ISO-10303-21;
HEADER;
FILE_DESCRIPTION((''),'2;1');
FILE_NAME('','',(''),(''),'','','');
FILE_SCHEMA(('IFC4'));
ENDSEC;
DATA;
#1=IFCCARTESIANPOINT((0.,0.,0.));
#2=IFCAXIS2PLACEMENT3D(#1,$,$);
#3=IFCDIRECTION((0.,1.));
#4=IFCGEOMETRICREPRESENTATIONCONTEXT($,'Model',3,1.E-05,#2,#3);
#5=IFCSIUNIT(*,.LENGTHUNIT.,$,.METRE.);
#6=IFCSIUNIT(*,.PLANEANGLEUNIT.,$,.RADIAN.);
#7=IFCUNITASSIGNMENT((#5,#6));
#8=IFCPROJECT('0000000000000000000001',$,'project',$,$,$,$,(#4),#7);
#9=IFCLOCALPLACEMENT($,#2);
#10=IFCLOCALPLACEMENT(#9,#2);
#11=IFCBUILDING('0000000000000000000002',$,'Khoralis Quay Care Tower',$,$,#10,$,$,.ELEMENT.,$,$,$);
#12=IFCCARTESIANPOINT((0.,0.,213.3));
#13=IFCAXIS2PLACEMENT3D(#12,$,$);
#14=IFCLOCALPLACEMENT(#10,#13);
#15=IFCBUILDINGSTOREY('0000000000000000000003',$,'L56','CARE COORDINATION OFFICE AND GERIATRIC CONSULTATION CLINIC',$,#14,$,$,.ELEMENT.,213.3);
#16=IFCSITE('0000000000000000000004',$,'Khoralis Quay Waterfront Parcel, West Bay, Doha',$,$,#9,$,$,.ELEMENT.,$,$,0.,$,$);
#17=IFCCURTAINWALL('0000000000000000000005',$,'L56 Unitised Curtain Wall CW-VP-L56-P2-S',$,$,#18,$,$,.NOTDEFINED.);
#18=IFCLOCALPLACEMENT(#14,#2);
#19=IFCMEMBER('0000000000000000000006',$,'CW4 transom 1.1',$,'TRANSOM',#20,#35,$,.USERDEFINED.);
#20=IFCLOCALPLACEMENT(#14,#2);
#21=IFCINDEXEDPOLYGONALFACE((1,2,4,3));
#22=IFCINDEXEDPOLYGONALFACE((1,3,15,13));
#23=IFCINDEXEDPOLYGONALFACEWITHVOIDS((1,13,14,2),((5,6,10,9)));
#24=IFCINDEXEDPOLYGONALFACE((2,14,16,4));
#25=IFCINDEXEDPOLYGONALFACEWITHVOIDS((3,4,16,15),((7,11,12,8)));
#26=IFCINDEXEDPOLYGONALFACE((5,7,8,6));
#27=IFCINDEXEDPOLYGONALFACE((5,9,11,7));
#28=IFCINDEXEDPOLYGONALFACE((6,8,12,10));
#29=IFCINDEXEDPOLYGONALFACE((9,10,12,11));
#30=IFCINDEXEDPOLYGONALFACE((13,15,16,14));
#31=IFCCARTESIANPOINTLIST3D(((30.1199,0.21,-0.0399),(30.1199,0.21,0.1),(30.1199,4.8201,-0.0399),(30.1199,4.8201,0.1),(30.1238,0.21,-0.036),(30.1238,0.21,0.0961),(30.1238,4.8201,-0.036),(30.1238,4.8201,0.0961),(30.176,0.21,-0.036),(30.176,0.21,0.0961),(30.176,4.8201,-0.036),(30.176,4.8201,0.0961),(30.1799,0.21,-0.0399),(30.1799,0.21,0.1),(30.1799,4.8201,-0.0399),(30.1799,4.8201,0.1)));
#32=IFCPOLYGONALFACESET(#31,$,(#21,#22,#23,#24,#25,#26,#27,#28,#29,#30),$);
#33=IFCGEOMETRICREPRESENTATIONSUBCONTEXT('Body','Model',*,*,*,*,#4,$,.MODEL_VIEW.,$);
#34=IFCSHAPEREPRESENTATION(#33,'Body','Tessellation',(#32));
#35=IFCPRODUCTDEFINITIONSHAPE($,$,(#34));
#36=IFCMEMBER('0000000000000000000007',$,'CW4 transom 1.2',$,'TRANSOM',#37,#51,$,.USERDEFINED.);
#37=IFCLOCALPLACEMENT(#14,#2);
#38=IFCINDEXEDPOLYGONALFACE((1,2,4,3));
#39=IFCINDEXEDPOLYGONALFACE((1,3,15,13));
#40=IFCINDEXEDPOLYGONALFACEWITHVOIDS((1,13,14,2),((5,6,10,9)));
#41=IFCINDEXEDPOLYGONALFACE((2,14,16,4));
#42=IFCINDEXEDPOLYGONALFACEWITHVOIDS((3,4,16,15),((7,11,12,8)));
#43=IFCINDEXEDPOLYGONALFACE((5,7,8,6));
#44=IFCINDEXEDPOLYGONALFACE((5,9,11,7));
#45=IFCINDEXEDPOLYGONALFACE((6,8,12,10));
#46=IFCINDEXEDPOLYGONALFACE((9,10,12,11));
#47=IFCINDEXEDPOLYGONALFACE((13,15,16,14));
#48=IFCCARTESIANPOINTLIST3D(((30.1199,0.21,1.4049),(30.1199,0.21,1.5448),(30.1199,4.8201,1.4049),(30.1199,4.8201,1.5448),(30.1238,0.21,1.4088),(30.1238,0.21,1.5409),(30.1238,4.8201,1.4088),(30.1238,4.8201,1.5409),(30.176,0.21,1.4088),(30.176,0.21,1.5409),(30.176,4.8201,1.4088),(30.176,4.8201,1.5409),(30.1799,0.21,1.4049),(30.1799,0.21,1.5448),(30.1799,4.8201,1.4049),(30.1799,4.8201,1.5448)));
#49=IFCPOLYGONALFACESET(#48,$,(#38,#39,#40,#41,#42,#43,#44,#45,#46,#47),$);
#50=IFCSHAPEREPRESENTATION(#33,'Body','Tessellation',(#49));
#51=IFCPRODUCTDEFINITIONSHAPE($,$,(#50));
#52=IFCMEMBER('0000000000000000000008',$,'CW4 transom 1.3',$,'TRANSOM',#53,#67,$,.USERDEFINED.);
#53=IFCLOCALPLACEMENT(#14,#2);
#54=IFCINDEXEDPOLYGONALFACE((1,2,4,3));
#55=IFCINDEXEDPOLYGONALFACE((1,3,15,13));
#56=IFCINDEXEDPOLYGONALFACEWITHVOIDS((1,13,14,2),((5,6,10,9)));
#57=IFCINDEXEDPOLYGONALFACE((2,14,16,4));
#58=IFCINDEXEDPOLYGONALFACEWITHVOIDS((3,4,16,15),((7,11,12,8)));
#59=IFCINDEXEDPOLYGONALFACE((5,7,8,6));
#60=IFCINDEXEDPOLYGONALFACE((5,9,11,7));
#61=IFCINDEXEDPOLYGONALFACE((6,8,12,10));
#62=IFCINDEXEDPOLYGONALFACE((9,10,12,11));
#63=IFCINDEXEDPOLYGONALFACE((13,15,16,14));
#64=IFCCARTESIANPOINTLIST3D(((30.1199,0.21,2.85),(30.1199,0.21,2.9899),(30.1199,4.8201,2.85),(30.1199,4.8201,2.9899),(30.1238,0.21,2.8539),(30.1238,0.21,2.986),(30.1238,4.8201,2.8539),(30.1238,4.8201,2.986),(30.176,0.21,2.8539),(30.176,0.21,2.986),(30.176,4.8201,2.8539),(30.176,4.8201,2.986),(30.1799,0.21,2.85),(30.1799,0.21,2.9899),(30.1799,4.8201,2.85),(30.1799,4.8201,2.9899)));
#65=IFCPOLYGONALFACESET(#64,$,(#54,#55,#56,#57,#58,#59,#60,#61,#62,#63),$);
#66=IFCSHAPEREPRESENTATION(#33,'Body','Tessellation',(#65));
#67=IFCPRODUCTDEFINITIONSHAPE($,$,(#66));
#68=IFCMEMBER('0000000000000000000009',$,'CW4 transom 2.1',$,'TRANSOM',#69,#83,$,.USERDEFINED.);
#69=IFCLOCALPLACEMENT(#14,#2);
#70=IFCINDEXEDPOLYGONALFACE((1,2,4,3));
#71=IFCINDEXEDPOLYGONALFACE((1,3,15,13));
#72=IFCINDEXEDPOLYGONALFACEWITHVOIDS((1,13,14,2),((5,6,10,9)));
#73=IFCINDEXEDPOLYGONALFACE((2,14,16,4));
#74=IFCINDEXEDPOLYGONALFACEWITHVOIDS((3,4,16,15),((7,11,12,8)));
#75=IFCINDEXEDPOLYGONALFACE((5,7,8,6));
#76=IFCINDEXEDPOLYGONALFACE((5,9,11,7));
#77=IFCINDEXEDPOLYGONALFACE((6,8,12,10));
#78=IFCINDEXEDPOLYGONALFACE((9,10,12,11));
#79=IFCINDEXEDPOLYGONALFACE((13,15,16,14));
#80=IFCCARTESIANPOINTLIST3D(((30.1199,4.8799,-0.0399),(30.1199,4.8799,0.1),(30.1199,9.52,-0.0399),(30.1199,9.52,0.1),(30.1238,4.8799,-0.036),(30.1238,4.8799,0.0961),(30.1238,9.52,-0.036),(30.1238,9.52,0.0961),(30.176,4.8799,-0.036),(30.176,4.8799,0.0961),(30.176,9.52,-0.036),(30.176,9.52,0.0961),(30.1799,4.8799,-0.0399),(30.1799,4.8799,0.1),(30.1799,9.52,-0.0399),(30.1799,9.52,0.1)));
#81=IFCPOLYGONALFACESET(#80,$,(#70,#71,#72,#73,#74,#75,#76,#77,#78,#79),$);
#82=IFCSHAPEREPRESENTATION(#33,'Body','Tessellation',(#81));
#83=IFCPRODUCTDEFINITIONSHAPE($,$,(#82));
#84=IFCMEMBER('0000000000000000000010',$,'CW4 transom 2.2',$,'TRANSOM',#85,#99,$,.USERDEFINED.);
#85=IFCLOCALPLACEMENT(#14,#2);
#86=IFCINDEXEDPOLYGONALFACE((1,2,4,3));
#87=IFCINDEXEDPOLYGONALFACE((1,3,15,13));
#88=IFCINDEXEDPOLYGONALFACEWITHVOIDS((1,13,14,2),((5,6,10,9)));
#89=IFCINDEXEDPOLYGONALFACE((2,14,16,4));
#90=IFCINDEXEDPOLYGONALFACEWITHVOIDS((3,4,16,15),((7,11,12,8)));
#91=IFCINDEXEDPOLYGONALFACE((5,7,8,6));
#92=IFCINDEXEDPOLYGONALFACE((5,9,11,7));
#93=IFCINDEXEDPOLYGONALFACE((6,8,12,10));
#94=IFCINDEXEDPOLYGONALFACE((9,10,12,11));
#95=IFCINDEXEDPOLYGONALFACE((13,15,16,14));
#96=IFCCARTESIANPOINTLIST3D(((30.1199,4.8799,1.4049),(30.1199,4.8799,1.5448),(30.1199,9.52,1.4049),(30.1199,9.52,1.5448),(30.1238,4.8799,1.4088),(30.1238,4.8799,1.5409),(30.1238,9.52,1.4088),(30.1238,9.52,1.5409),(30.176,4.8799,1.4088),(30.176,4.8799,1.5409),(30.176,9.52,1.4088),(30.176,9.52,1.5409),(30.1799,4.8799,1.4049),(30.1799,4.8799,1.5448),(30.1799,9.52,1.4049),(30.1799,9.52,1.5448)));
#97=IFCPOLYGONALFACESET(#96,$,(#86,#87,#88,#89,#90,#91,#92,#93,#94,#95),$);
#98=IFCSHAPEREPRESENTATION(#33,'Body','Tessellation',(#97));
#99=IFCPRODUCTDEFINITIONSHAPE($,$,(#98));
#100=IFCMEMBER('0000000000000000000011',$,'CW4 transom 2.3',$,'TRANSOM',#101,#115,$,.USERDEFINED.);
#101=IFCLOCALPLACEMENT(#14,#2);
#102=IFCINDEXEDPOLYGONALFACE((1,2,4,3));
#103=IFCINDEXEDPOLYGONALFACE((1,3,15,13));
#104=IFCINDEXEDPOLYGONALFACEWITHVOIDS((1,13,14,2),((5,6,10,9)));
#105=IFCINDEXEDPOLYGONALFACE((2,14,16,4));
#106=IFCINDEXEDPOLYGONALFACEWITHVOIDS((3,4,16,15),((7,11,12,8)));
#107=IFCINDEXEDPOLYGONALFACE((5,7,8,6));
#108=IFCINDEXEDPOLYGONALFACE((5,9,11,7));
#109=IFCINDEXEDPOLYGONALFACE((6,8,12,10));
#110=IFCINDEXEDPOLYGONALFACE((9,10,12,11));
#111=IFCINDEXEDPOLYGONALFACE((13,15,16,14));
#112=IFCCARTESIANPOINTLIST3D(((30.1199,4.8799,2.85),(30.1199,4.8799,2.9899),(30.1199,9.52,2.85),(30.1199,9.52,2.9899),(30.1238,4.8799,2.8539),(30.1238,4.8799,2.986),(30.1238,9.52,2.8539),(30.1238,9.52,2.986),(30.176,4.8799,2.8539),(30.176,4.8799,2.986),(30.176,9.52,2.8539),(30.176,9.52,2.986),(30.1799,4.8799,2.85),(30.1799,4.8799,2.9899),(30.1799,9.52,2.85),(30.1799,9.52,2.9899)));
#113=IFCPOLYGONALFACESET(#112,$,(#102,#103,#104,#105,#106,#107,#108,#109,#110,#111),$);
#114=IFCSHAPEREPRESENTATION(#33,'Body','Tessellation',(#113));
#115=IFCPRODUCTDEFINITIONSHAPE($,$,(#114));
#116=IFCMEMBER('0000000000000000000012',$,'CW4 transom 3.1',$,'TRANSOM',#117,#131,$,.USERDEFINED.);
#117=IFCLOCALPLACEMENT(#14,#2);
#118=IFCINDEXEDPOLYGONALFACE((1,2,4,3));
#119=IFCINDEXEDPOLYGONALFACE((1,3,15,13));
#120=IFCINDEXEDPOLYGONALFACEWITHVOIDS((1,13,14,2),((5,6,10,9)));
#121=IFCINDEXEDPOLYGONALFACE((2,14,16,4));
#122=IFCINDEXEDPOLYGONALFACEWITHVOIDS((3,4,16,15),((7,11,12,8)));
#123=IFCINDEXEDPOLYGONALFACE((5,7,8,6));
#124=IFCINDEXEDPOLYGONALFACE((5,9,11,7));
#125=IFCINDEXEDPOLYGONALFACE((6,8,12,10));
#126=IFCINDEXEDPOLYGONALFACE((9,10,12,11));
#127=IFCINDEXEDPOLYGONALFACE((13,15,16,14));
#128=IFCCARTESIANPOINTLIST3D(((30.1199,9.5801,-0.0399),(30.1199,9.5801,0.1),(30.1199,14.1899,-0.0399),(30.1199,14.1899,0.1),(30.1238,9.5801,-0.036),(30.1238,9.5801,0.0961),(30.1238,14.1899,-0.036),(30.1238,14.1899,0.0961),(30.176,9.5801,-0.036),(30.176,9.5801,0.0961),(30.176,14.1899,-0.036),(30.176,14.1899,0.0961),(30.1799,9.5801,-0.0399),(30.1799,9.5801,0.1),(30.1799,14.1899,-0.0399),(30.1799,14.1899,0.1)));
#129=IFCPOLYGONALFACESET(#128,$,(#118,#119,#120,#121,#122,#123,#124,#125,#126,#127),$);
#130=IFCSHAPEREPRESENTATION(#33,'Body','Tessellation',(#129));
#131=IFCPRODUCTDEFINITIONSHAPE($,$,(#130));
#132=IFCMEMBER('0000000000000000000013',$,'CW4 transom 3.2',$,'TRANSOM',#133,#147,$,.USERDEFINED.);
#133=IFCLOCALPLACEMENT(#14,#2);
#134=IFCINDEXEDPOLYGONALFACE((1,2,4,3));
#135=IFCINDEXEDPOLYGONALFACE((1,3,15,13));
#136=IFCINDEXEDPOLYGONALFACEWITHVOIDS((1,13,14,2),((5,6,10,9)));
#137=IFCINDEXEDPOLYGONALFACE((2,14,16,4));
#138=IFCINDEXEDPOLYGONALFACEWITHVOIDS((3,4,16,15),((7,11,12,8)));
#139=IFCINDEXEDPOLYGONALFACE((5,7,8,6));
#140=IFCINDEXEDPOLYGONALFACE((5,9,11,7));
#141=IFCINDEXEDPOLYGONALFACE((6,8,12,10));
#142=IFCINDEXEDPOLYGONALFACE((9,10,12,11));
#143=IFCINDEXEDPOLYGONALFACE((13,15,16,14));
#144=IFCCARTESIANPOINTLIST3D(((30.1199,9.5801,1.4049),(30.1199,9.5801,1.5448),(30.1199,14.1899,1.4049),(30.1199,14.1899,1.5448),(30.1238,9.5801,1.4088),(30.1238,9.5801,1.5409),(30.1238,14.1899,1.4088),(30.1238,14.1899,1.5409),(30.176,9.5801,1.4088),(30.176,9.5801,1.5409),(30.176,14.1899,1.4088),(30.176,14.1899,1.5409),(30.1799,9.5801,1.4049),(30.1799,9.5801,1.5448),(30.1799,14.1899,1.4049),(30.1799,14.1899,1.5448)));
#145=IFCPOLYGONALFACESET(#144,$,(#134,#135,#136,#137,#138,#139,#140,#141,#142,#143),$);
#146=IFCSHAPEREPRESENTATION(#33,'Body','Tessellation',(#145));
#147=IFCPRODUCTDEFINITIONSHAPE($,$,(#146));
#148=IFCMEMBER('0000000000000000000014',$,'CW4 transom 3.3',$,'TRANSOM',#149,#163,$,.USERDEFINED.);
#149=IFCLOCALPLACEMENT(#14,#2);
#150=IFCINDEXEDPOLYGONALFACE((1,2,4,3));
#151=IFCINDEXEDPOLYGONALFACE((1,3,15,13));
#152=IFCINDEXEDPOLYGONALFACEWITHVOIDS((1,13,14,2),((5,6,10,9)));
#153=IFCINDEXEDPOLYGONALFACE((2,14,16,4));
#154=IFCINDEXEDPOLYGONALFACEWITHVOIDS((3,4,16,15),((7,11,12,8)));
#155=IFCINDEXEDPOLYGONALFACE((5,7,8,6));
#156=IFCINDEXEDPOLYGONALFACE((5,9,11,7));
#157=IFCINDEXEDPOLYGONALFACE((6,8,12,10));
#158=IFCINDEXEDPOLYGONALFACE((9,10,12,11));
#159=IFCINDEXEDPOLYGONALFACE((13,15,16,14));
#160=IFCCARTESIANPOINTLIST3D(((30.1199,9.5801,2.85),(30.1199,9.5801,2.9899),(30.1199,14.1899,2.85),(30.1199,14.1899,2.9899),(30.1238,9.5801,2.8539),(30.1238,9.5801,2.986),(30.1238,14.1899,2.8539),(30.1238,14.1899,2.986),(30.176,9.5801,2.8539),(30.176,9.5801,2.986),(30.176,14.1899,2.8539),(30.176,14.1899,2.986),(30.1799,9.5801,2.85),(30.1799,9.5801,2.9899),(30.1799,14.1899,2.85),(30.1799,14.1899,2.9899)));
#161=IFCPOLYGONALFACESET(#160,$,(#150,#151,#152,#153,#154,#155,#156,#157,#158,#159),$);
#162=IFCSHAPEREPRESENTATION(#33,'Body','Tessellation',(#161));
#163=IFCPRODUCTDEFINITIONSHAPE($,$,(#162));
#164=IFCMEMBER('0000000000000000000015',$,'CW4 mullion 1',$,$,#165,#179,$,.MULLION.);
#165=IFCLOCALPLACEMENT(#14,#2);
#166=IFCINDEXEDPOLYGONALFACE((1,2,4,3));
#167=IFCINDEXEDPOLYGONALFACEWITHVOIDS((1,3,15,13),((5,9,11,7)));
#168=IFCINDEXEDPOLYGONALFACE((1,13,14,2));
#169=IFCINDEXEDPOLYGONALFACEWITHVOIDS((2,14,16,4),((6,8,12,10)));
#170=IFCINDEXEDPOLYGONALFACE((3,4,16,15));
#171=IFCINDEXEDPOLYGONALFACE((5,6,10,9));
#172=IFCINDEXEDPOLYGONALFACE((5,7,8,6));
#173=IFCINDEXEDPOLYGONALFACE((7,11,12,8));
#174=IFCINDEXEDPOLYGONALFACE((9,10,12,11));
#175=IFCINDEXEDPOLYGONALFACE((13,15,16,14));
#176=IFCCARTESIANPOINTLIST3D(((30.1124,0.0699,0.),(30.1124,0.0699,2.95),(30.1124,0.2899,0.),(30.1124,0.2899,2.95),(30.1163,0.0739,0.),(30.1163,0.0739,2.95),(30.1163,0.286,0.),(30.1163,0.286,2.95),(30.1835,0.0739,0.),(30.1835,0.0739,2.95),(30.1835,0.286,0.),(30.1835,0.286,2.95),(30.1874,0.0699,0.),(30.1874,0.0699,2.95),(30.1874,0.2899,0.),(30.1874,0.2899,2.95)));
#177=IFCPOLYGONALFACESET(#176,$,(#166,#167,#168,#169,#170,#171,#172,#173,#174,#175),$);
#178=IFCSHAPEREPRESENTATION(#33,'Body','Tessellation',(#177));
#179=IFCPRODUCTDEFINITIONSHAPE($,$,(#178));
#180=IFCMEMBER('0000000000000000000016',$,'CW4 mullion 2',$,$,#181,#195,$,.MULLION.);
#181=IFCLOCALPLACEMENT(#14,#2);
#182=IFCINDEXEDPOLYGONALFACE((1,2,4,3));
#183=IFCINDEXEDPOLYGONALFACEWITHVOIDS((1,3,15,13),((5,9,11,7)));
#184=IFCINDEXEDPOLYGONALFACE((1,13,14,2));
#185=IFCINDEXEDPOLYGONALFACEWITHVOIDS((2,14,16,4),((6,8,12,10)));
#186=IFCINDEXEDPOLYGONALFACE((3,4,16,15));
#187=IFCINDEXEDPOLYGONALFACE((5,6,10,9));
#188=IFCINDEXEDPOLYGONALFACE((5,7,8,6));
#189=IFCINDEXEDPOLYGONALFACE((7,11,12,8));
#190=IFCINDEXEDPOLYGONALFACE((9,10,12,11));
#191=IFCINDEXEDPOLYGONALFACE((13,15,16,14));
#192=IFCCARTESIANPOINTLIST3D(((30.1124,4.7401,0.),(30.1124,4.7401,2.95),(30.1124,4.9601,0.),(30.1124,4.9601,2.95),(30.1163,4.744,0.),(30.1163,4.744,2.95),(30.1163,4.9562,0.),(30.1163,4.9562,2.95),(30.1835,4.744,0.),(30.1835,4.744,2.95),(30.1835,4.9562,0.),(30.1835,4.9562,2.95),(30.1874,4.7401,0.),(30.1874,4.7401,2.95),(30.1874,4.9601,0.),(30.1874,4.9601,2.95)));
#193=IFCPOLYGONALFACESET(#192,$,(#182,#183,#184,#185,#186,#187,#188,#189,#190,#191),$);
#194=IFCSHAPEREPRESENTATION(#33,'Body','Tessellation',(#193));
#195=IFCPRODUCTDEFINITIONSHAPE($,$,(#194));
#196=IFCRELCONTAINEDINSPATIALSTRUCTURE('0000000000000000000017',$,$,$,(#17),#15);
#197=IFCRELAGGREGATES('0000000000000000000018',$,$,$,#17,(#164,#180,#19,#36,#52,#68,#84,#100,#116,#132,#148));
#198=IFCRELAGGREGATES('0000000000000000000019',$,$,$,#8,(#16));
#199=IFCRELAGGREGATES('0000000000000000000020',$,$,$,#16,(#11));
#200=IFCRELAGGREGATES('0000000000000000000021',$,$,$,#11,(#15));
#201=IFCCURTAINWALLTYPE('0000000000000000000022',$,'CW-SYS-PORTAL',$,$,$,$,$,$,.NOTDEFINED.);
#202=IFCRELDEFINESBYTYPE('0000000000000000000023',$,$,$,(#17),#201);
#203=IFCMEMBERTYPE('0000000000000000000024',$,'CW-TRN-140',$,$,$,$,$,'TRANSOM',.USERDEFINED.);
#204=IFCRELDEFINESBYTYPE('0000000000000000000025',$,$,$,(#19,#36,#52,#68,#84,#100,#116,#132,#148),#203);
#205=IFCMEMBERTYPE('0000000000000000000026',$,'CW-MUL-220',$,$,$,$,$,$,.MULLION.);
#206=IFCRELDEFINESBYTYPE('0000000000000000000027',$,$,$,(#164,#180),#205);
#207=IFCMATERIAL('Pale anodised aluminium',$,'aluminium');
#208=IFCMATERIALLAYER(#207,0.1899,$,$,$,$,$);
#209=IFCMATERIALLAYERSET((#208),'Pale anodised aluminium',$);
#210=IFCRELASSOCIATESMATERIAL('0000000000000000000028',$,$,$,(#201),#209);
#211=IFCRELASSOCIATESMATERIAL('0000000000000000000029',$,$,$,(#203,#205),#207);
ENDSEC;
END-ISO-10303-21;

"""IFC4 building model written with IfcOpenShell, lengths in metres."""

from ifc_helpers import new_model, si_unit, direction, frame, origin, origin_2d, place, context, subcontext, project, spatial, hollow_rectangle, extrude, source, transform, mapped, material, layer, layer_set, material_profile, profile_set, type_object, element, aggregate, save


model = new_model("IFC4")

# Units and contexts
model_context = context("Model", 3, precision=1e-05, world=origin(), true_north=direction((0.0, 1.0)))
body_context = subcontext(model_context, "Body", "Model", "MODEL_VIEW")
ifc_project = project(units=[si_unit("LENGTHUNIT", "METRE"), si_unit("PLANEANGLEUNIT", "RADIAN")], contexts=[model_context])

# Site, building, storey
site_placement = place(None, origin())
site = spatial("IfcSite", under=ifc_project, at=site_placement, Name="Khoralis Quay Waterfront Parcel, West Bay, Doha", CompositionType="ELEMENT", RefElevation=0.0)
building_placement = place(site_placement, origin())
building = spatial("IfcBuilding", under=site, at=building_placement, Name="Khoralis Quay Care Tower", CompositionType="ELEMENT")
storey_placement = place(building_placement, frame((0.0, 0.0, 213.3)))
storey = spatial("IfcBuildingStorey", under=building, at=storey_placement, Name="L56", Description="CARE COORDINATION OFFICE AND GERIATRIC CONSULTATION CLINIC", CompositionType="ELEMENT", Elevation=213.3)

# Curtain wall, members
ifc_material_1 = material(Name="Pale anodised aluminium", Category="aluminium")
ifc_layer_1 = layer(ifc_material_1, 0.1899)
ifc_layer_set_1 = layer_set([ifc_layer_1], Name="Pale anodised aluminium")
curtain_wall_type = type_object("IfcCurtainWallType", Name="CW-SYS-PORTAL", PredefinedType="NOTDEFINED", material=ifc_layer_set_1)
curtain_wall_placement = place(storey_placement, origin())
curtain_wall = element("IfcCurtainWall", 1, at=curtain_wall_placement, inside=storey, type_object=curtain_wall_type, Name="L56 Unitised Curtain Wall CW-VP-L56-P2-S", PredefinedType="NOTDEFINED")
ifc_material_profile_1 = material_profile(ifc_material_1, hollow_rectangle(XDim=0.0601, YDim=0.1399, WallThickness=0.0039, at=origin_2d()), Name="Pale anodised aluminium")
ifc_profile_set_1 = profile_set([ifc_material_profile_1], Name="Pale anodised aluminium")
member_type_1 = type_object("IfcMemberType", Name="CW-TRN-140", ElementType="TRANSOM", PredefinedType="USERDEFINED", material=ifc_profile_set_1)
shared_shape_1 = source(origin(), body_context, "Body", "SweptSolid", [
    extrude(hollow_rectangle(XDim=0.0601, YDim=0.1399, WallThickness=0.0039, at=origin_2d()), origin(), (0.0, 0.0, 1.0), 4.6101),
])
member_1_placement = place(storey_placement, frame((30.1499, 0.21, 0.03), z_axis=(0.0, 1.0, 0.0), x_axis=(-1.0, 0.0, 0.0)))
member_1 = element("IfcMember", 2, at=member_1_placement, type_object=member_type_1, Name="CW4 transom 1.1", ObjectType="TRANSOM", PredefinedType="USERDEFINED", context=body_context, shape_type="MappedRepresentation", body=[
    mapped(shared_shape_1, transform((0.0, 0.0, 0.0), scale=1.0)),
])
member_2_placement = place(storey_placement, frame((30.1499, 0.21, 1.4749), z_axis=(0.0, 1.0, 0.0), x_axis=(-1.0, 0.0, 0.0)))
member_2 = element("IfcMember", 3, at=member_2_placement, type_object=member_type_1, Name="CW4 transom 1.2", ObjectType="TRANSOM", PredefinedType="USERDEFINED", context=body_context, shape_type="MappedRepresentation", body=[
    mapped(shared_shape_1, transform((0.0, 0.0, 0.0), scale=1.0)),
])
member_3_placement = place(storey_placement, frame((30.1499, 0.21, 2.9199), z_axis=(0.0, 1.0, 0.0), x_axis=(-1.0, 0.0, 0.0)))
member_3 = element("IfcMember", 4, at=member_3_placement, type_object=member_type_1, Name="CW4 transom 1.3", ObjectType="TRANSOM", PredefinedType="USERDEFINED", context=body_context, shape_type="MappedRepresentation", body=[
    mapped(shared_shape_1, transform((0.0, 0.0, 0.0), scale=1.0)),
])
shared_shape_2 = source(origin(), body_context, "Body", "SweptSolid", [
    extrude(hollow_rectangle(XDim=0.0601, YDim=0.1399, WallThickness=0.0039, at=origin_2d()), origin(), (0.0, 0.0, 1.0), 4.6401),
])
member_4_placement = place(storey_placement, frame((30.1499, 4.8799, 0.03), z_axis=(0.0, 1.0, 0.0), x_axis=(-1.0, 0.0, 0.0)))
member_4 = element("IfcMember", 5, at=member_4_placement, type_object=member_type_1, Name="CW4 transom 2.1", ObjectType="TRANSOM", PredefinedType="USERDEFINED", context=body_context, shape_type="MappedRepresentation", body=[
    mapped(shared_shape_2, transform((0.0, 0.0, 0.0), scale=1.0)),
])
member_5_placement = place(storey_placement, frame((30.1499, 4.8799, 1.4749), z_axis=(0.0, 1.0, 0.0), x_axis=(-1.0, 0.0, 0.0)))
member_5 = element("IfcMember", 6, at=member_5_placement, type_object=member_type_1, Name="CW4 transom 2.2", ObjectType="TRANSOM", PredefinedType="USERDEFINED", context=body_context, shape_type="MappedRepresentation", body=[
    mapped(shared_shape_2, transform((0.0, 0.0, 0.0), scale=1.0)),
])
member_6_placement = place(storey_placement, frame((30.1499, 4.8799, 2.9199), z_axis=(0.0, 1.0, 0.0), x_axis=(-1.0, 0.0, 0.0)))
member_6 = element("IfcMember", 7, at=member_6_placement, type_object=member_type_1, Name="CW4 transom 2.3", ObjectType="TRANSOM", PredefinedType="USERDEFINED", context=body_context, shape_type="MappedRepresentation", body=[
    mapped(shared_shape_2, transform((0.0, 0.0, 0.0), scale=1.0)),
])
shared_shape_3 = source(origin(), body_context, "Body", "SweptSolid", [
    extrude(hollow_rectangle(XDim=0.0601, YDim=0.1399, WallThickness=0.0039, at=origin_2d()), origin(), (0.0, 0.0, 1.0), 4.6099),
])
member_7_placement = place(storey_placement, frame((30.1499, 9.5801, 0.03), z_axis=(0.0, 1.0, 0.0), x_axis=(-1.0, 0.0, 0.0)))
member_7 = element("IfcMember", 8, at=member_7_placement, type_object=member_type_1, Name="CW4 transom 3.1", ObjectType="TRANSOM", PredefinedType="USERDEFINED", context=body_context, shape_type="MappedRepresentation", body=[
    mapped(shared_shape_3, transform((0.0, 0.0, 0.0), scale=1.0)),
])
member_8_placement = place(storey_placement, frame((30.1499, 9.5801, 1.4749), z_axis=(0.0, 1.0, 0.0), x_axis=(-1.0, 0.0, 0.0)))
member_8 = element("IfcMember", 9, at=member_8_placement, type_object=member_type_1, Name="CW4 transom 3.2", ObjectType="TRANSOM", PredefinedType="USERDEFINED", context=body_context, shape_type="MappedRepresentation", body=[
    mapped(shared_shape_3, transform((0.0, 0.0, 0.0), scale=1.0)),
])
member_9_placement = place(storey_placement, frame((30.1499, 9.5801, 2.9199), z_axis=(0.0, 1.0, 0.0), x_axis=(-1.0, 0.0, 0.0)))
member_9 = element("IfcMember", 10, at=member_9_placement, type_object=member_type_1, Name="CW4 transom 3.3", ObjectType="TRANSOM", PredefinedType="USERDEFINED", context=body_context, shape_type="MappedRepresentation", body=[
    mapped(shared_shape_3, transform((0.0, 0.0, 0.0), scale=1.0)),
])
ifc_material_profile_2 = material_profile(ifc_material_1, hollow_rectangle(XDim=0.075, YDim=0.22, WallThickness=0.0039, at=origin_2d()), Name="Pale anodised aluminium")
ifc_profile_set_2 = profile_set([ifc_material_profile_2], Name="Pale anodised aluminium")
member_type_2 = type_object("IfcMemberType", Name="CW-MUL-220", PredefinedType="MULLION", material=ifc_profile_set_2)
shared_shape_4 = source(origin(), body_context, "Body", "SweptSolid", [
    extrude(hollow_rectangle(XDim=0.075, YDim=0.22, WallThickness=0.0039, at=origin_2d()), origin(), (0.0, 0.0, 1.0), 2.95),
])
member_10_placement = place(storey_placement, frame((30.1499, 0.1799, 0.0), z_axis=(0.0, 0.0, 1.0), x_axis=(-1.0, 0.0, 0.0)))
member_10 = element("IfcMember", 11, at=member_10_placement, type_object=member_type_2, Name="CW4 mullion 1", PredefinedType="MULLION", context=body_context, shape_type="MappedRepresentation", body=[
    mapped(shared_shape_4, transform((0.0, 0.0, 0.0), scale=1.0)),
])
member_11_placement = place(storey_placement, frame((30.1499, 4.8501, 0.0), z_axis=(0.0, 0.0, 1.0), x_axis=(-1.0, 0.0, 0.0)))
member_11 = element("IfcMember", 12, at=member_11_placement, type_object=member_type_2, Name="CW4 mullion 2", PredefinedType="MULLION", context=body_context, shape_type="MappedRepresentation", body=[
    mapped(shared_shape_4, transform((0.0, 0.0, 0.0), scale=1.0)),
])
aggregate(curtain_wall, [member_10, member_11, member_1, member_2, member_3, member_4, member_5, member_6, member_7, member_8, member_9])

save(model, "model.ifc")
